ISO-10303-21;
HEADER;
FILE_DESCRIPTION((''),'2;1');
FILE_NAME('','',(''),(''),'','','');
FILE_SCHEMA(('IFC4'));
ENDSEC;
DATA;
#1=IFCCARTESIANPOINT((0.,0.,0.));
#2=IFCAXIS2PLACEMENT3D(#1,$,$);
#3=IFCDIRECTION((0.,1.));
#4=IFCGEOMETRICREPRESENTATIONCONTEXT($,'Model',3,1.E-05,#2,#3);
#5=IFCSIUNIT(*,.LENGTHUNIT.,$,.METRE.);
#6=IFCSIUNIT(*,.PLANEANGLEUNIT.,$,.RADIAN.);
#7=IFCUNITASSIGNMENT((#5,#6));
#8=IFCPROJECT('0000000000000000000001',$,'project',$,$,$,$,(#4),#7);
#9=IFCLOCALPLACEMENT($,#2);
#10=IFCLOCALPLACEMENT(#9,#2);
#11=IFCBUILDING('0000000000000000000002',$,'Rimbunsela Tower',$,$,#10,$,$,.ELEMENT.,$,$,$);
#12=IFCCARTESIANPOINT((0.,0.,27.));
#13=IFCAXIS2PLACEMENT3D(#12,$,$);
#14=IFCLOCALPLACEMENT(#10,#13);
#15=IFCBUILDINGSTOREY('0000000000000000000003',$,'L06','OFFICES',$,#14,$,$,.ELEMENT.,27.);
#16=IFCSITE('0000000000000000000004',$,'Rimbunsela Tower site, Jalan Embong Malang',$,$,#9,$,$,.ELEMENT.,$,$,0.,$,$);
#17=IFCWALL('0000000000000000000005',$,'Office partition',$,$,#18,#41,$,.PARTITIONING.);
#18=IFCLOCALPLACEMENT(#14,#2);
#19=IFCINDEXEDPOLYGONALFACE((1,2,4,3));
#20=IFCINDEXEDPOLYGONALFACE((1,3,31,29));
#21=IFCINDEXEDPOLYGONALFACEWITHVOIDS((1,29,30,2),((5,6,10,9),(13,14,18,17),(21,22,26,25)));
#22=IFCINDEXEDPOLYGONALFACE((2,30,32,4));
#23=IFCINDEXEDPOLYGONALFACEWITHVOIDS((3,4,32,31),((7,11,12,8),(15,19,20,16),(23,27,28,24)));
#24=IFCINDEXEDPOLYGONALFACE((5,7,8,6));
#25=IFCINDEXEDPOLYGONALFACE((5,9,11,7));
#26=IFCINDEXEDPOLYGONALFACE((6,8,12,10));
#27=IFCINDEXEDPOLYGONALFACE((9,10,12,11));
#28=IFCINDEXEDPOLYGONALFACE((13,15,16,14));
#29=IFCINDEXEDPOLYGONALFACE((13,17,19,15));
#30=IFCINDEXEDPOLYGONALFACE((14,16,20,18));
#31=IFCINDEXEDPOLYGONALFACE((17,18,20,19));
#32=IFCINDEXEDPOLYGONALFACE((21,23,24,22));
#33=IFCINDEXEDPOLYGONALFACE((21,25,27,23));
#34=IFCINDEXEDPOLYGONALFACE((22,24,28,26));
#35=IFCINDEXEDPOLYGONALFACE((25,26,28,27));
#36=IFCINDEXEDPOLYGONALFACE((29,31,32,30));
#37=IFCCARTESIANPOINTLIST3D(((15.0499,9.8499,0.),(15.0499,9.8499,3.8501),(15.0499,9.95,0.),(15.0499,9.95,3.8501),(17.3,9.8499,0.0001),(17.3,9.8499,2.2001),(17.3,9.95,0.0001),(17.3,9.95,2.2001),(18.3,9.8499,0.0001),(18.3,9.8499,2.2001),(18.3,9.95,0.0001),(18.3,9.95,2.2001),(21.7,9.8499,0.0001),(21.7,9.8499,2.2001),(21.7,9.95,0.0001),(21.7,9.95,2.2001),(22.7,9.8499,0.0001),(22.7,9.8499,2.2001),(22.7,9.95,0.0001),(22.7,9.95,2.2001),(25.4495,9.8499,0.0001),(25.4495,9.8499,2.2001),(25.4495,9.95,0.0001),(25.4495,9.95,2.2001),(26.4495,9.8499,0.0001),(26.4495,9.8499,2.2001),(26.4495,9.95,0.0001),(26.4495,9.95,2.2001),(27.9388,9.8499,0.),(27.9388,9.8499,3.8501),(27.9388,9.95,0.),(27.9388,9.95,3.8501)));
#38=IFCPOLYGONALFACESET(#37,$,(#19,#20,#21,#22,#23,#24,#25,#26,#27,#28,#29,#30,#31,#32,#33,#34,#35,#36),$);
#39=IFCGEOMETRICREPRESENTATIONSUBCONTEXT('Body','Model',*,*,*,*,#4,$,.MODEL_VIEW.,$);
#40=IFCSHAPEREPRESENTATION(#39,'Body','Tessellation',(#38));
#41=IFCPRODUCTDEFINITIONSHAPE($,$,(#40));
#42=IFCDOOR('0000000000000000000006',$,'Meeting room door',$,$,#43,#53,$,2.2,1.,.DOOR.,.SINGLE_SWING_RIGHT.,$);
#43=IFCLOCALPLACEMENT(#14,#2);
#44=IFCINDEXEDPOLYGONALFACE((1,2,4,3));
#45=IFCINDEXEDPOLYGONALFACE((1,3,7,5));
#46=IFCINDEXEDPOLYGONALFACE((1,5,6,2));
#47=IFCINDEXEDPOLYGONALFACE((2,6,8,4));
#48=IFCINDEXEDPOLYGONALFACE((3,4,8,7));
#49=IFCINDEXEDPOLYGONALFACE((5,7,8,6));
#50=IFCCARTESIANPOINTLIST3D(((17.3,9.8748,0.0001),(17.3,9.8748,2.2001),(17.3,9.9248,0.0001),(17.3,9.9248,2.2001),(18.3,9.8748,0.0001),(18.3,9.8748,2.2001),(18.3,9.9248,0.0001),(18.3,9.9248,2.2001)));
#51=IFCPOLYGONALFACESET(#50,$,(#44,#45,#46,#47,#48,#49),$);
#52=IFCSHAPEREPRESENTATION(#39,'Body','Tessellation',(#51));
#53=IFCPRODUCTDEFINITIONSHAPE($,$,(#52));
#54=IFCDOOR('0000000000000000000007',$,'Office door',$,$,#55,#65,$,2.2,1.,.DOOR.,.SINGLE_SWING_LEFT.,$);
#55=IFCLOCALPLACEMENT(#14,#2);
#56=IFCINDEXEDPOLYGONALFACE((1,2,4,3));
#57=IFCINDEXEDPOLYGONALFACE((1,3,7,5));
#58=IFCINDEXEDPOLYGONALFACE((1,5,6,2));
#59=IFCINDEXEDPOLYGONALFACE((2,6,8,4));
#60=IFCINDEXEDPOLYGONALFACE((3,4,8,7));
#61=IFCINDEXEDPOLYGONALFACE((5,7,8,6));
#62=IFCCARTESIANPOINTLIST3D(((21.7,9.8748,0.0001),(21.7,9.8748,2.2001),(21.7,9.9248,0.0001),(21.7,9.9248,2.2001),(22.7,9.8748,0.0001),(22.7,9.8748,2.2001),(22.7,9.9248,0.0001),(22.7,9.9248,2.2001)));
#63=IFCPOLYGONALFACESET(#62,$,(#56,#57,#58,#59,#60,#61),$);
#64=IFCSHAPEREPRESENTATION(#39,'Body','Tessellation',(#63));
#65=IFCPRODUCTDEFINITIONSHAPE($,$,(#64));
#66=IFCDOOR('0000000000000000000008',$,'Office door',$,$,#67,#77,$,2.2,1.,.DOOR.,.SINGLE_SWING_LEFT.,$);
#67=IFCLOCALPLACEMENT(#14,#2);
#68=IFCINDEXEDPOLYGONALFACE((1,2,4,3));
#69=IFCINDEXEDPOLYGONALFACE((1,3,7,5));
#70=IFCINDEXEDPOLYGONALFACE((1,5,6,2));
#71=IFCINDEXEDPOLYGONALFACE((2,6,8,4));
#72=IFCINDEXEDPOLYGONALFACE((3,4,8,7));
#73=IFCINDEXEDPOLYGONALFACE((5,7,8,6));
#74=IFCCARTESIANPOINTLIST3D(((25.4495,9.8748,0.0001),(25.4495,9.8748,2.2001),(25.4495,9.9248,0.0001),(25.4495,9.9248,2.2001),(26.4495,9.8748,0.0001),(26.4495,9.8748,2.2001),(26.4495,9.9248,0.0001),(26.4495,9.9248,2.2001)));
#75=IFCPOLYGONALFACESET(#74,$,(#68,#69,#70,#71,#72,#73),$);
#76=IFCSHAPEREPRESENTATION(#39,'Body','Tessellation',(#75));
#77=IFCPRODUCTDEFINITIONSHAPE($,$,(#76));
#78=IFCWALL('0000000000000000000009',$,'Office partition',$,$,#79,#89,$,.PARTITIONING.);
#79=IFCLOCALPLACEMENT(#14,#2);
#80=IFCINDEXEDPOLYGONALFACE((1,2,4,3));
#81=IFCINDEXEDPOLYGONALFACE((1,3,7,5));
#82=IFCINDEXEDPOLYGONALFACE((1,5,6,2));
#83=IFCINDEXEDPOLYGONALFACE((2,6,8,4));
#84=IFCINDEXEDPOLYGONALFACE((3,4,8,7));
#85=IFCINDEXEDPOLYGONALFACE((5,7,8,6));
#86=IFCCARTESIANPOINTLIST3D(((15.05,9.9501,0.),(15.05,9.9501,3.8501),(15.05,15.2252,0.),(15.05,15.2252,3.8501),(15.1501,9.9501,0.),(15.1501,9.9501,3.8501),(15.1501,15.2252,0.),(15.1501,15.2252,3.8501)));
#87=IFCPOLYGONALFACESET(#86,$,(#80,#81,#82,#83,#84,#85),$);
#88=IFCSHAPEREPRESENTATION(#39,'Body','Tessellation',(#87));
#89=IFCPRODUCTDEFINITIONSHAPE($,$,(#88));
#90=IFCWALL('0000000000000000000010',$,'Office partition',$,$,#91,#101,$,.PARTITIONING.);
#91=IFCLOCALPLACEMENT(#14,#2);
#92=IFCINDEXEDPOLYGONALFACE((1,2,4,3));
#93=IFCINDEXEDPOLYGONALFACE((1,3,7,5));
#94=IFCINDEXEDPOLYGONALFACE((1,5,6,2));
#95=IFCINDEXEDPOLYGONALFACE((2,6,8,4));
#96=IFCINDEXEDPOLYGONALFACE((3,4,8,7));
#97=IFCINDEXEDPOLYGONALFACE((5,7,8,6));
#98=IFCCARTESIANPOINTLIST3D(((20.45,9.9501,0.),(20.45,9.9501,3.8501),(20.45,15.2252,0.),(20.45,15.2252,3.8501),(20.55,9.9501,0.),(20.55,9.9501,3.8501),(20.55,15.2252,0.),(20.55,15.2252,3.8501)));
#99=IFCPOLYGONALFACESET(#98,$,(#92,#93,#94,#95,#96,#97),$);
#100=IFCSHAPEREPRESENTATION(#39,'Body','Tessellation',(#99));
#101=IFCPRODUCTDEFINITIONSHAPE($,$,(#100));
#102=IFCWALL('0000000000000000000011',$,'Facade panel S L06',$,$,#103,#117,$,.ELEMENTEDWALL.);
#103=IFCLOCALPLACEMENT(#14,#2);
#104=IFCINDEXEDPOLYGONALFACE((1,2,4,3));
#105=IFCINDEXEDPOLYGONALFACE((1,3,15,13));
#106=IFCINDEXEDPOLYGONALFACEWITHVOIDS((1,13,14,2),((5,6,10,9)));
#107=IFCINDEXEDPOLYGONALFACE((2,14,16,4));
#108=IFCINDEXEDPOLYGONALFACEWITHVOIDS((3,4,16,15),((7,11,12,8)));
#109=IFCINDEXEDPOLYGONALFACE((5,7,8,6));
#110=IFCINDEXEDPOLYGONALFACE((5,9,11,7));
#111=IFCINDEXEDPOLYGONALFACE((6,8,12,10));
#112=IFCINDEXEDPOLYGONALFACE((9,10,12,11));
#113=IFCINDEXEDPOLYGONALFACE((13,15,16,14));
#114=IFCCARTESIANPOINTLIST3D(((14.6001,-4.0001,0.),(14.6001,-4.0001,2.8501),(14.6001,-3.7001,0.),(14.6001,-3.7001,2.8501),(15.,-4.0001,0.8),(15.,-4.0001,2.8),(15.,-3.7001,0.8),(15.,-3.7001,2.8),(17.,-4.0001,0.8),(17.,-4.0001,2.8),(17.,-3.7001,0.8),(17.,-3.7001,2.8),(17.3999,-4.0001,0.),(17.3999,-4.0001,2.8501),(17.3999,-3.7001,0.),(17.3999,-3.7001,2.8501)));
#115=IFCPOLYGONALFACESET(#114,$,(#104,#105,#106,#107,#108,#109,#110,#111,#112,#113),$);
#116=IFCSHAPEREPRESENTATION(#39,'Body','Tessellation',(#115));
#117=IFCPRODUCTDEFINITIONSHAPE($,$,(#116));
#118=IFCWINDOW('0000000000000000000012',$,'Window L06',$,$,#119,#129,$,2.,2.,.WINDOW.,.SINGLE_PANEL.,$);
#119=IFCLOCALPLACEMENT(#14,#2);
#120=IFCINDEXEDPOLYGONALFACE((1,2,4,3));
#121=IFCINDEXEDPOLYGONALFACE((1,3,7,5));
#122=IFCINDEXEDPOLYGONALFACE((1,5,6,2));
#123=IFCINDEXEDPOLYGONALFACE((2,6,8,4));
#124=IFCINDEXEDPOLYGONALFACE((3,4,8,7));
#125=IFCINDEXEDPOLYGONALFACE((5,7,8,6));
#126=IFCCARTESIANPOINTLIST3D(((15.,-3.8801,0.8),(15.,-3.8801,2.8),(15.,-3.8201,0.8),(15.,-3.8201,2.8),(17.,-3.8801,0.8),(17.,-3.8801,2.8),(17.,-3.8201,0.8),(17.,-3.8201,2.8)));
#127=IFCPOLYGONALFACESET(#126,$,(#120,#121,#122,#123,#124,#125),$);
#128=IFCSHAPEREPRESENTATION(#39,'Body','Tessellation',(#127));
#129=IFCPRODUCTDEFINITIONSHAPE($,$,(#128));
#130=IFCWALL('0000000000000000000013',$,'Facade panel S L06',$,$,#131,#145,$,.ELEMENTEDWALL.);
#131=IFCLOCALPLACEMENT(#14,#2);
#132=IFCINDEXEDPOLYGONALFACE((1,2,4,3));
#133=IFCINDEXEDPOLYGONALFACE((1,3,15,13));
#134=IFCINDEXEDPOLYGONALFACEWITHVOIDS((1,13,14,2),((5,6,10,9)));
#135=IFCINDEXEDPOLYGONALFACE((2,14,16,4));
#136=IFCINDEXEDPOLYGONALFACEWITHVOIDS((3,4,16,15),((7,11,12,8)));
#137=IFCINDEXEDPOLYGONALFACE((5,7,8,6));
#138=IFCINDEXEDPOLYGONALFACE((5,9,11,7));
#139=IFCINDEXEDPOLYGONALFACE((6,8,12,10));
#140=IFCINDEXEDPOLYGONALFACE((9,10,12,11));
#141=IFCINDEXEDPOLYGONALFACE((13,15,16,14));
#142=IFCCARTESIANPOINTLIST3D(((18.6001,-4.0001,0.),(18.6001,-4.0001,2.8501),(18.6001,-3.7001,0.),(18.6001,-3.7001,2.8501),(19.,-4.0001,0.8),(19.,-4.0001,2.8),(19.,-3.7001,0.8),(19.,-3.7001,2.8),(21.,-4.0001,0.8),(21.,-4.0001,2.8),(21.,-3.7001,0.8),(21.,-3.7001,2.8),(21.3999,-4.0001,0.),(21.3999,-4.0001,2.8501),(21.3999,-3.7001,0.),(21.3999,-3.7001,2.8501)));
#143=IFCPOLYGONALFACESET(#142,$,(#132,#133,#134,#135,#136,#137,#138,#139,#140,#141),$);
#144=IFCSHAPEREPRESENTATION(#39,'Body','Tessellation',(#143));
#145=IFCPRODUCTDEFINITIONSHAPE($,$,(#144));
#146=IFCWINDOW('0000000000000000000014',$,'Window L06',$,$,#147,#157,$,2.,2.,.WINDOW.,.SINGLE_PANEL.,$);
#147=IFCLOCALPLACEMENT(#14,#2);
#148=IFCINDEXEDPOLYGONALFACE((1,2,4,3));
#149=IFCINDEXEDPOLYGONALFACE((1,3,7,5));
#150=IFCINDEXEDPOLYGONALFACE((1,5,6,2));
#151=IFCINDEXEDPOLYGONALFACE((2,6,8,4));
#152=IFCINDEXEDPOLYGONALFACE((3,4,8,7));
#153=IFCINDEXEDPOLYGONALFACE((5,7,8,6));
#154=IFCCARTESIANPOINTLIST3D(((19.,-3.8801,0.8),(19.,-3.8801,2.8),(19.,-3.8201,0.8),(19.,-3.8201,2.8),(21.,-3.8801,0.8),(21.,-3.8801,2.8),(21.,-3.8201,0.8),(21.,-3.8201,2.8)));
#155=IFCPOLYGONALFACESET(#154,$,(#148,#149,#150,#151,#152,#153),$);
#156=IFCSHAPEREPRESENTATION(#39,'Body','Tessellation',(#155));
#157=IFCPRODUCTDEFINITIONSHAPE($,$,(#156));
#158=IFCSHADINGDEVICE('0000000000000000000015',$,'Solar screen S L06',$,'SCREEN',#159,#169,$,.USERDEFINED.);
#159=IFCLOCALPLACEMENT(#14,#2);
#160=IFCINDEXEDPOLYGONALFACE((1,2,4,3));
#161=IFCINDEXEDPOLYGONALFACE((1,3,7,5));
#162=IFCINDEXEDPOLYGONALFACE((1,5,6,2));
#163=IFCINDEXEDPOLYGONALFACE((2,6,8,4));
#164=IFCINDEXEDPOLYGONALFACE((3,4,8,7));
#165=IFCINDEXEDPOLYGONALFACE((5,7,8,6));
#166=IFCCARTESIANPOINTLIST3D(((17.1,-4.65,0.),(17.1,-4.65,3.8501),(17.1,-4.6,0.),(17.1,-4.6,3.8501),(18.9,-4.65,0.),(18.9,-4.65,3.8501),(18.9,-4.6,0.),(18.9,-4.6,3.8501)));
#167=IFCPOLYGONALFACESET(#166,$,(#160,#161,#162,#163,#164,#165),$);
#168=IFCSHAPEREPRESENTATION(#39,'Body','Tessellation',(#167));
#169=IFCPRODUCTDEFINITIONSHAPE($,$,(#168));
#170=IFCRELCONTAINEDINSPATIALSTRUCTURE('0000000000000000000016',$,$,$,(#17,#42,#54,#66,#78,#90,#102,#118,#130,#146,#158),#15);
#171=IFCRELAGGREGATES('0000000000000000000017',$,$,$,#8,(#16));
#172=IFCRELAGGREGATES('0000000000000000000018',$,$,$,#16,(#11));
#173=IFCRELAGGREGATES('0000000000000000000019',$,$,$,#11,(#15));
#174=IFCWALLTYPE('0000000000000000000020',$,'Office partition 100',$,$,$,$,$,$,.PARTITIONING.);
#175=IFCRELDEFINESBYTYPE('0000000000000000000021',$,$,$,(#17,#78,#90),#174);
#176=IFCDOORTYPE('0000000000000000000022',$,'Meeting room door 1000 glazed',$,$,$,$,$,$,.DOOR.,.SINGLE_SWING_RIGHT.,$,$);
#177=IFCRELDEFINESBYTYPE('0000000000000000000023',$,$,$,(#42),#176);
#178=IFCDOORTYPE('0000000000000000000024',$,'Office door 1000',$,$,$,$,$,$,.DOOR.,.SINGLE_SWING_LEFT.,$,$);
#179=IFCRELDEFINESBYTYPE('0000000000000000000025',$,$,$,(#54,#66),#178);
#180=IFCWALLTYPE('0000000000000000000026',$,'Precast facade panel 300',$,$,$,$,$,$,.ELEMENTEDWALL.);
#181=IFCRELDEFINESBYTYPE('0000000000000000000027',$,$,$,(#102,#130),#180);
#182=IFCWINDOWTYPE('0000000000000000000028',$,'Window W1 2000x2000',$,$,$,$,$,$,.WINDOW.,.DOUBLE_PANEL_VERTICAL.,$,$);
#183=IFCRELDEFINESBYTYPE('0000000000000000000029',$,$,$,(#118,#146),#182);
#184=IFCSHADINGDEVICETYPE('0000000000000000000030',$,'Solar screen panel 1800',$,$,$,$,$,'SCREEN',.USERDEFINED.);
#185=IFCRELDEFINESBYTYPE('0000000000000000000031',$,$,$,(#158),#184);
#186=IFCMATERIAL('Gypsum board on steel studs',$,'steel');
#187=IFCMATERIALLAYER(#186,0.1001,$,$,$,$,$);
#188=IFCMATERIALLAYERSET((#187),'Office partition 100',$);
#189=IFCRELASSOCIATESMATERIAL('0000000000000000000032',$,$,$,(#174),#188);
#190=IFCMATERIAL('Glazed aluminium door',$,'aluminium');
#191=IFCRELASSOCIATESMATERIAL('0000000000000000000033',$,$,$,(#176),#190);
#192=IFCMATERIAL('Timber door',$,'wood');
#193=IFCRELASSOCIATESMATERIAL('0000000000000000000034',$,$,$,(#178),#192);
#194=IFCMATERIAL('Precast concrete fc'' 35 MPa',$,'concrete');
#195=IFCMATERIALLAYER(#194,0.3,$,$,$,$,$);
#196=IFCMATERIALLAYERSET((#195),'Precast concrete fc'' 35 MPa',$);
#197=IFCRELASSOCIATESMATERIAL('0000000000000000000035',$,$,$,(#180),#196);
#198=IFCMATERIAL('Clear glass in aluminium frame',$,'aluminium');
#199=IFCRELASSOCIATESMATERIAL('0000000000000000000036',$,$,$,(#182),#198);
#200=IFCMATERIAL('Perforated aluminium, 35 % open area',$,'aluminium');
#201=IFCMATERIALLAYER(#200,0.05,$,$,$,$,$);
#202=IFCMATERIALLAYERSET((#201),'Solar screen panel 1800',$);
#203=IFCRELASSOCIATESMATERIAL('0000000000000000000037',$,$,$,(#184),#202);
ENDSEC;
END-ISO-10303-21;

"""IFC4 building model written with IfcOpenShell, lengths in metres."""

from ifc_helpers import new_model, si_unit, direction, frame, frame_2d, origin, origin_2d, place, context, subcontext, project, spatial, rectangle, extrude, material, layer, layer_set, type_object, element, fill, save


model = new_model("IFC4")

# Units and contexts
model_context = context("Model", 3, precision=1e-05, world=origin(), true_north=direction((0.0, 1.0)))
body_context = subcontext(model_context, "Body", "Model", "MODEL_VIEW")
ifc_project = project(units=[si_unit("LENGTHUNIT", "METRE"), si_unit("PLANEANGLEUNIT", "RADIAN")], contexts=[model_context])

# Site, building, storey
site_placement = place(None, origin())
site = spatial("IfcSite", under=ifc_project, at=site_placement, Name="Rimbunsela Tower site, Jalan Embong Malang", CompositionType="ELEMENT", RefElevation=0.0)
building_placement = place(site_placement, origin())
building = spatial("IfcBuilding", under=site, at=building_placement, Name="Rimbunsela Tower", CompositionType="ELEMENT")
storey_placement = place(building_placement, frame((0.0, 0.0, 27.0)))
storey = spatial("IfcBuildingStorey", under=building, at=storey_placement, Name="L06", Description="OFFICES", CompositionType="ELEMENT", Elevation=27.0)

# Wall, openings, doors
ifc_material_1 = material(Name="Gypsum board on steel studs", Category="steel")
ifc_layer_1 = layer(ifc_material_1, 0.1001)
ifc_layer_set_1 = layer_set([ifc_layer_1], Name="Office partition 100")
wall_type_1 = type_object("IfcWallType", Name="Office partition 100", PredefinedType="PARTITIONING", material=ifc_layer_set_1)
wall_1_placement = place(storey_placement, frame((15.05, 9.8999, 0.0), z_axis=(0.0, 0.0, 1.0), x_axis=(1.0, 0.0, 0.0)))
wall_1 = element("IfcWall", 1, at=wall_1_placement, inside=storey, type_object=wall_type_1, Name="Office partition", PredefinedType="PARTITIONING", context=body_context, shape_type="SweptSolid", body=[
    extrude(rectangle(XDim=12.8889, YDim=0.1001, at=frame_2d((6.4443, 0.0))), origin(), (0.0, 0.0, 1.0), 3.8501),
])
opening_1_placement = place(wall_1_placement, frame((2.25, 0.0, 0.0)))
opening_1 = element("IfcOpeningElement", 2, at=opening_1_placement, cuts=wall_1, PredefinedType="OPENING", context=body_context, shape_type="SweptSolid", body=[
    extrude(rectangle(XDim=1.0, YDim=2.2, at=frame_2d((0.5, 1.1001))), frame((0.0, 0.0601, 0.0), z_axis=(0.0, -1.0, 0.0), x_axis=(1.0, 0.0, 0.0)), (0.0, 0.0, 1.0), 0.1201),
])
opening_2_placement = place(wall_1_placement, frame((6.6499, 0.0, 0.0)))
opening_2 = element("IfcOpeningElement", 3, at=opening_2_placement, cuts=wall_1, PredefinedType="OPENING", context=body_context, shape_type="SweptSolid", body=[
    extrude(rectangle(XDim=1.0, YDim=2.2, at=frame_2d((0.5, 1.1001))), frame((0.0, 0.0601, 0.0), z_axis=(0.0, -1.0, 0.0), x_axis=(1.0, 0.0, 0.0)), (0.0, 0.0, 1.0), 0.1201),
])
opening_3_placement = place(wall_1_placement, frame((10.3994, 0.0, 0.0)))
opening_3 = element("IfcOpeningElement", 4, at=opening_3_placement, cuts=wall_1, PredefinedType="OPENING", context=body_context, shape_type="SweptSolid", body=[
    extrude(rectangle(XDim=1.0, YDim=2.2, at=frame_2d((0.5, 1.1001))), frame((0.0, 0.0601, 0.0), z_axis=(0.0, -1.0, 0.0), x_axis=(1.0, 0.0, 0.0)), (0.0, 0.0, 1.0), 0.1201),
])
ifc_material_2 = material(Name="Glazed aluminium door", Category="aluminium")
door_type_1 = type_object("IfcDoorType", Name="Meeting room door 1000 glazed", OperationType="SINGLE_SWING_RIGHT", PredefinedType="DOOR", material=ifc_material_2)
door_1_placement = place(opening_1_placement, origin())
door_1 = element("IfcDoor", 5, at=door_1_placement, inside=storey, type_object=door_type_1, Name="Meeting room door", OperationType="SINGLE_SWING_RIGHT", OverallHeight=2.2, OverallWidth=1.0, PredefinedType="DOOR", context=body_context, shape_type="SweptSolid", body=[
    extrude(rectangle(XDim=1.0, YDim=2.2, at=frame_2d((0.5, 1.1001))), frame((0.0, 0.0249, 0.0), z_axis=(0.0, -1.0, 0.0), x_axis=(1.0, 0.0, 0.0)), (0.0, 0.0, 1.0), 0.05),
])
fill(opening_1, door_1)
ifc_material_3 = material(Name="Timber door", Category="wood")
door_type_2 = type_object("IfcDoorType", Name="Office door 1000", OperationType="SINGLE_SWING_LEFT", PredefinedType="DOOR", material=ifc_material_3)
door_2_placement = place(opening_2_placement, origin())
door_2 = element("IfcDoor", 6, at=door_2_placement, inside=storey, type_object=door_type_2, Name="Office door", OperationType="SINGLE_SWING_LEFT", OverallHeight=2.2, OverallWidth=1.0, PredefinedType="DOOR", context=body_context, shape_type="SweptSolid", body=[
    extrude(rectangle(XDim=1.0, YDim=2.2, at=frame_2d((0.5, 1.1001))), frame((0.0, 0.0249, 0.0), z_axis=(0.0, -1.0, 0.0), x_axis=(1.0, 0.0, 0.0)), (0.0, 0.0, 1.0), 0.05),
])
fill(opening_2, door_2)
door_3_placement = place(opening_3_placement, origin())
door_3 = element("IfcDoor", 7, at=door_3_placement, inside=storey, type_object=door_type_2, Name="Office door", OperationType="SINGLE_SWING_LEFT", OverallHeight=2.2, OverallWidth=1.0, PredefinedType="DOOR", context=body_context, shape_type="SweptSolid", body=[
    extrude(rectangle(XDim=1.0, YDim=2.2, at=frame_2d((0.5, 1.1001))), frame((0.0, 0.0249, 0.0), z_axis=(0.0, -1.0, 0.0), x_axis=(1.0, 0.0, 0.0)), (0.0, 0.0, 1.0), 0.05),
])
fill(opening_3, door_3)

# Walls
for number, where, z_axis, x_axis, name in (
    (8, (15.1001, 9.95, 0.0), (0.0, 0.0, 1.0), (0.0, 1.0, 0.0), "Office partition"),
    (9, (20.5, 9.95, 0.0), (0.0, 0.0, 1.0), (0.0, 1.0, 0.0), "Office partition"),
):
    element("IfcWall", number, at=place(storey_placement, frame(where, z_axis=z_axis, x_axis=x_axis)), inside=storey, type_object=wall_type_1, Name=name, PredefinedType="PARTITIONING", context=body_context, shape_type="SweptSolid", body=[
        extrude(rectangle(XDim=5.2751, YDim=0.1001, at=frame_2d((2.6377, 0.0))), origin(), (0.0, 0.0, 1.0), 3.8501),
    ])

# Walls, openings, windows
ifc_material_4 = material(Name="Precast concrete fc' 35 MPa", Category="concrete")
ifc_layer_2 = layer(ifc_material_4, 0.3)
ifc_layer_set_2 = layer_set([ifc_layer_2], Name="Precast concrete fc' 35 MPa")
wall_type_2 = type_object("IfcWallType", Name="Precast facade panel 300", PredefinedType="ELEMENTEDWALL", material=ifc_layer_set_2)
wall_2_placement = place(storey_placement, frame((14.6001, -3.8501, 0.0), z_axis=(0.0, 0.0, 1.0), x_axis=(1.0, 0.0, 0.0)))
wall_2 = element("IfcWall", 10, at=wall_2_placement, inside=storey, type_object=wall_type_2, Name="Facade panel S L06", PredefinedType="ELEMENTEDWALL", context=body_context, shape_type="SweptSolid", body=[
    extrude(rectangle(XDim=2.7998, YDim=0.3, at=frame_2d((1.3999, 0.0))), origin(), (0.0, 0.0, 1.0), 2.8501),
])
opening_4_placement = place(wall_2_placement, frame((0.3999, 0.0, 0.8)))
opening_4 = element("IfcOpeningElement", 11, at=opening_4_placement, cuts=wall_2, PredefinedType="OPENING", context=body_context, shape_type="SweptSolid", body=[
    extrude(rectangle(XDim=2.0, YDim=2.0, at=frame_2d((1.0, 1.0))), frame((0.0, 0.1599, 0.0), z_axis=(0.0, -1.0, 0.0), x_axis=(1.0, 0.0, 0.0)), (0.0, 0.0, 1.0), 0.3201),
])
ifc_material_5 = material(Name="Clear glass in aluminium frame", Category="aluminium")
window_type = type_object("IfcWindowType", Name="Window W1 2000x2000", PartitioningType="DOUBLE_PANEL_VERTICAL", PredefinedType="WINDOW", material=ifc_material_5)
window_1_placement = place(opening_4_placement, origin())
window_1 = element("IfcWindow", 12, at=window_1_placement, inside=storey, type_object=window_type, Name="Window L06", OverallHeight=2.0, OverallWidth=2.0, PartitioningType="SINGLE_PANEL", PredefinedType="WINDOW", context=body_context, shape_type="SweptSolid", body=[
    extrude(rectangle(XDim=2.0, YDim=2.0, at=frame_2d((1.0, 1.0))), frame((0.0, 0.03, 0.0), z_axis=(0.0, -1.0, 0.0), x_axis=(1.0, 0.0, 0.0)), (0.0, 0.0, 1.0), 0.0601),
])
fill(opening_4, window_1)
wall_3_placement = place(storey_placement, frame((18.6001, -3.8501, 0.0), z_axis=(0.0, 0.0, 1.0), x_axis=(1.0, 0.0, 0.0)))
wall_3 = element("IfcWall", 13, at=wall_3_placement, inside=storey, type_object=wall_type_2, Name="Facade panel S L06", PredefinedType="ELEMENTEDWALL", context=body_context, shape_type="SweptSolid", body=[
    extrude(rectangle(XDim=2.7998, YDim=0.3, at=frame_2d((1.3999, 0.0))), origin(), (0.0, 0.0, 1.0), 2.8501),
])
opening_5_placement = place(wall_3_placement, frame((0.3999, 0.0, 0.8)))
opening_5 = element("IfcOpeningElement", 14, at=opening_5_placement, cuts=wall_3, PredefinedType="OPENING", context=body_context, shape_type="SweptSolid", body=[
    extrude(rectangle(XDim=2.0, YDim=2.0, at=frame_2d((1.0, 1.0))), frame((0.0, 0.1599, 0.0), z_axis=(0.0, -1.0, 0.0), x_axis=(1.0, 0.0, 0.0)), (0.0, 0.0, 1.0), 0.3201),
])
window_2_placement = place(opening_5_placement, origin())
window_2 = element("IfcWindow", 15, at=window_2_placement, inside=storey, type_object=window_type, Name="Window L06", OverallHeight=2.0, OverallWidth=2.0, PartitioningType="SINGLE_PANEL", PredefinedType="WINDOW", context=body_context, shape_type="SweptSolid", body=[
    extrude(rectangle(XDim=2.0, YDim=2.0, at=frame_2d((1.0, 1.0))), frame((0.0, 0.03, 0.0), z_axis=(0.0, -1.0, 0.0), x_axis=(1.0, 0.0, 0.0)), (0.0, 0.0, 1.0), 0.0601),
])
fill(opening_5, window_2)

# Shading device
ifc_material_6 = material(Name="Perforated aluminium, 35 % open area", Category="aluminium")
ifc_layer_3 = layer(ifc_material_6, 0.05)
ifc_layer_set_3 = layer_set([ifc_layer_3], Name="Solar screen panel 1800")
shading_device_type = type_object("IfcShadingDeviceType", Name="Solar screen panel 1800", ElementType="SCREEN", PredefinedType="USERDEFINED", material=ifc_layer_set_3)
shading_device_placement = place(storey_placement, frame((18.0, -4.625, 0.0), z_axis=(0.0, 0.0, 1.0), x_axis=(1.0, 0.0, 0.0)))
element("IfcShadingDevice", 16, at=shading_device_placement, inside=storey, type_object=shading_device_type, Name="Solar screen S L06", ObjectType="SCREEN", PredefinedType="USERDEFINED", context=body_context, shape_type="SweptSolid", body=[
    extrude(rectangle(XDim=1.8, YDim=0.05, at=origin_2d()), origin(), (0.0, 0.0, 1.0), 3.8501),
])

save(model, "model.ifc")
